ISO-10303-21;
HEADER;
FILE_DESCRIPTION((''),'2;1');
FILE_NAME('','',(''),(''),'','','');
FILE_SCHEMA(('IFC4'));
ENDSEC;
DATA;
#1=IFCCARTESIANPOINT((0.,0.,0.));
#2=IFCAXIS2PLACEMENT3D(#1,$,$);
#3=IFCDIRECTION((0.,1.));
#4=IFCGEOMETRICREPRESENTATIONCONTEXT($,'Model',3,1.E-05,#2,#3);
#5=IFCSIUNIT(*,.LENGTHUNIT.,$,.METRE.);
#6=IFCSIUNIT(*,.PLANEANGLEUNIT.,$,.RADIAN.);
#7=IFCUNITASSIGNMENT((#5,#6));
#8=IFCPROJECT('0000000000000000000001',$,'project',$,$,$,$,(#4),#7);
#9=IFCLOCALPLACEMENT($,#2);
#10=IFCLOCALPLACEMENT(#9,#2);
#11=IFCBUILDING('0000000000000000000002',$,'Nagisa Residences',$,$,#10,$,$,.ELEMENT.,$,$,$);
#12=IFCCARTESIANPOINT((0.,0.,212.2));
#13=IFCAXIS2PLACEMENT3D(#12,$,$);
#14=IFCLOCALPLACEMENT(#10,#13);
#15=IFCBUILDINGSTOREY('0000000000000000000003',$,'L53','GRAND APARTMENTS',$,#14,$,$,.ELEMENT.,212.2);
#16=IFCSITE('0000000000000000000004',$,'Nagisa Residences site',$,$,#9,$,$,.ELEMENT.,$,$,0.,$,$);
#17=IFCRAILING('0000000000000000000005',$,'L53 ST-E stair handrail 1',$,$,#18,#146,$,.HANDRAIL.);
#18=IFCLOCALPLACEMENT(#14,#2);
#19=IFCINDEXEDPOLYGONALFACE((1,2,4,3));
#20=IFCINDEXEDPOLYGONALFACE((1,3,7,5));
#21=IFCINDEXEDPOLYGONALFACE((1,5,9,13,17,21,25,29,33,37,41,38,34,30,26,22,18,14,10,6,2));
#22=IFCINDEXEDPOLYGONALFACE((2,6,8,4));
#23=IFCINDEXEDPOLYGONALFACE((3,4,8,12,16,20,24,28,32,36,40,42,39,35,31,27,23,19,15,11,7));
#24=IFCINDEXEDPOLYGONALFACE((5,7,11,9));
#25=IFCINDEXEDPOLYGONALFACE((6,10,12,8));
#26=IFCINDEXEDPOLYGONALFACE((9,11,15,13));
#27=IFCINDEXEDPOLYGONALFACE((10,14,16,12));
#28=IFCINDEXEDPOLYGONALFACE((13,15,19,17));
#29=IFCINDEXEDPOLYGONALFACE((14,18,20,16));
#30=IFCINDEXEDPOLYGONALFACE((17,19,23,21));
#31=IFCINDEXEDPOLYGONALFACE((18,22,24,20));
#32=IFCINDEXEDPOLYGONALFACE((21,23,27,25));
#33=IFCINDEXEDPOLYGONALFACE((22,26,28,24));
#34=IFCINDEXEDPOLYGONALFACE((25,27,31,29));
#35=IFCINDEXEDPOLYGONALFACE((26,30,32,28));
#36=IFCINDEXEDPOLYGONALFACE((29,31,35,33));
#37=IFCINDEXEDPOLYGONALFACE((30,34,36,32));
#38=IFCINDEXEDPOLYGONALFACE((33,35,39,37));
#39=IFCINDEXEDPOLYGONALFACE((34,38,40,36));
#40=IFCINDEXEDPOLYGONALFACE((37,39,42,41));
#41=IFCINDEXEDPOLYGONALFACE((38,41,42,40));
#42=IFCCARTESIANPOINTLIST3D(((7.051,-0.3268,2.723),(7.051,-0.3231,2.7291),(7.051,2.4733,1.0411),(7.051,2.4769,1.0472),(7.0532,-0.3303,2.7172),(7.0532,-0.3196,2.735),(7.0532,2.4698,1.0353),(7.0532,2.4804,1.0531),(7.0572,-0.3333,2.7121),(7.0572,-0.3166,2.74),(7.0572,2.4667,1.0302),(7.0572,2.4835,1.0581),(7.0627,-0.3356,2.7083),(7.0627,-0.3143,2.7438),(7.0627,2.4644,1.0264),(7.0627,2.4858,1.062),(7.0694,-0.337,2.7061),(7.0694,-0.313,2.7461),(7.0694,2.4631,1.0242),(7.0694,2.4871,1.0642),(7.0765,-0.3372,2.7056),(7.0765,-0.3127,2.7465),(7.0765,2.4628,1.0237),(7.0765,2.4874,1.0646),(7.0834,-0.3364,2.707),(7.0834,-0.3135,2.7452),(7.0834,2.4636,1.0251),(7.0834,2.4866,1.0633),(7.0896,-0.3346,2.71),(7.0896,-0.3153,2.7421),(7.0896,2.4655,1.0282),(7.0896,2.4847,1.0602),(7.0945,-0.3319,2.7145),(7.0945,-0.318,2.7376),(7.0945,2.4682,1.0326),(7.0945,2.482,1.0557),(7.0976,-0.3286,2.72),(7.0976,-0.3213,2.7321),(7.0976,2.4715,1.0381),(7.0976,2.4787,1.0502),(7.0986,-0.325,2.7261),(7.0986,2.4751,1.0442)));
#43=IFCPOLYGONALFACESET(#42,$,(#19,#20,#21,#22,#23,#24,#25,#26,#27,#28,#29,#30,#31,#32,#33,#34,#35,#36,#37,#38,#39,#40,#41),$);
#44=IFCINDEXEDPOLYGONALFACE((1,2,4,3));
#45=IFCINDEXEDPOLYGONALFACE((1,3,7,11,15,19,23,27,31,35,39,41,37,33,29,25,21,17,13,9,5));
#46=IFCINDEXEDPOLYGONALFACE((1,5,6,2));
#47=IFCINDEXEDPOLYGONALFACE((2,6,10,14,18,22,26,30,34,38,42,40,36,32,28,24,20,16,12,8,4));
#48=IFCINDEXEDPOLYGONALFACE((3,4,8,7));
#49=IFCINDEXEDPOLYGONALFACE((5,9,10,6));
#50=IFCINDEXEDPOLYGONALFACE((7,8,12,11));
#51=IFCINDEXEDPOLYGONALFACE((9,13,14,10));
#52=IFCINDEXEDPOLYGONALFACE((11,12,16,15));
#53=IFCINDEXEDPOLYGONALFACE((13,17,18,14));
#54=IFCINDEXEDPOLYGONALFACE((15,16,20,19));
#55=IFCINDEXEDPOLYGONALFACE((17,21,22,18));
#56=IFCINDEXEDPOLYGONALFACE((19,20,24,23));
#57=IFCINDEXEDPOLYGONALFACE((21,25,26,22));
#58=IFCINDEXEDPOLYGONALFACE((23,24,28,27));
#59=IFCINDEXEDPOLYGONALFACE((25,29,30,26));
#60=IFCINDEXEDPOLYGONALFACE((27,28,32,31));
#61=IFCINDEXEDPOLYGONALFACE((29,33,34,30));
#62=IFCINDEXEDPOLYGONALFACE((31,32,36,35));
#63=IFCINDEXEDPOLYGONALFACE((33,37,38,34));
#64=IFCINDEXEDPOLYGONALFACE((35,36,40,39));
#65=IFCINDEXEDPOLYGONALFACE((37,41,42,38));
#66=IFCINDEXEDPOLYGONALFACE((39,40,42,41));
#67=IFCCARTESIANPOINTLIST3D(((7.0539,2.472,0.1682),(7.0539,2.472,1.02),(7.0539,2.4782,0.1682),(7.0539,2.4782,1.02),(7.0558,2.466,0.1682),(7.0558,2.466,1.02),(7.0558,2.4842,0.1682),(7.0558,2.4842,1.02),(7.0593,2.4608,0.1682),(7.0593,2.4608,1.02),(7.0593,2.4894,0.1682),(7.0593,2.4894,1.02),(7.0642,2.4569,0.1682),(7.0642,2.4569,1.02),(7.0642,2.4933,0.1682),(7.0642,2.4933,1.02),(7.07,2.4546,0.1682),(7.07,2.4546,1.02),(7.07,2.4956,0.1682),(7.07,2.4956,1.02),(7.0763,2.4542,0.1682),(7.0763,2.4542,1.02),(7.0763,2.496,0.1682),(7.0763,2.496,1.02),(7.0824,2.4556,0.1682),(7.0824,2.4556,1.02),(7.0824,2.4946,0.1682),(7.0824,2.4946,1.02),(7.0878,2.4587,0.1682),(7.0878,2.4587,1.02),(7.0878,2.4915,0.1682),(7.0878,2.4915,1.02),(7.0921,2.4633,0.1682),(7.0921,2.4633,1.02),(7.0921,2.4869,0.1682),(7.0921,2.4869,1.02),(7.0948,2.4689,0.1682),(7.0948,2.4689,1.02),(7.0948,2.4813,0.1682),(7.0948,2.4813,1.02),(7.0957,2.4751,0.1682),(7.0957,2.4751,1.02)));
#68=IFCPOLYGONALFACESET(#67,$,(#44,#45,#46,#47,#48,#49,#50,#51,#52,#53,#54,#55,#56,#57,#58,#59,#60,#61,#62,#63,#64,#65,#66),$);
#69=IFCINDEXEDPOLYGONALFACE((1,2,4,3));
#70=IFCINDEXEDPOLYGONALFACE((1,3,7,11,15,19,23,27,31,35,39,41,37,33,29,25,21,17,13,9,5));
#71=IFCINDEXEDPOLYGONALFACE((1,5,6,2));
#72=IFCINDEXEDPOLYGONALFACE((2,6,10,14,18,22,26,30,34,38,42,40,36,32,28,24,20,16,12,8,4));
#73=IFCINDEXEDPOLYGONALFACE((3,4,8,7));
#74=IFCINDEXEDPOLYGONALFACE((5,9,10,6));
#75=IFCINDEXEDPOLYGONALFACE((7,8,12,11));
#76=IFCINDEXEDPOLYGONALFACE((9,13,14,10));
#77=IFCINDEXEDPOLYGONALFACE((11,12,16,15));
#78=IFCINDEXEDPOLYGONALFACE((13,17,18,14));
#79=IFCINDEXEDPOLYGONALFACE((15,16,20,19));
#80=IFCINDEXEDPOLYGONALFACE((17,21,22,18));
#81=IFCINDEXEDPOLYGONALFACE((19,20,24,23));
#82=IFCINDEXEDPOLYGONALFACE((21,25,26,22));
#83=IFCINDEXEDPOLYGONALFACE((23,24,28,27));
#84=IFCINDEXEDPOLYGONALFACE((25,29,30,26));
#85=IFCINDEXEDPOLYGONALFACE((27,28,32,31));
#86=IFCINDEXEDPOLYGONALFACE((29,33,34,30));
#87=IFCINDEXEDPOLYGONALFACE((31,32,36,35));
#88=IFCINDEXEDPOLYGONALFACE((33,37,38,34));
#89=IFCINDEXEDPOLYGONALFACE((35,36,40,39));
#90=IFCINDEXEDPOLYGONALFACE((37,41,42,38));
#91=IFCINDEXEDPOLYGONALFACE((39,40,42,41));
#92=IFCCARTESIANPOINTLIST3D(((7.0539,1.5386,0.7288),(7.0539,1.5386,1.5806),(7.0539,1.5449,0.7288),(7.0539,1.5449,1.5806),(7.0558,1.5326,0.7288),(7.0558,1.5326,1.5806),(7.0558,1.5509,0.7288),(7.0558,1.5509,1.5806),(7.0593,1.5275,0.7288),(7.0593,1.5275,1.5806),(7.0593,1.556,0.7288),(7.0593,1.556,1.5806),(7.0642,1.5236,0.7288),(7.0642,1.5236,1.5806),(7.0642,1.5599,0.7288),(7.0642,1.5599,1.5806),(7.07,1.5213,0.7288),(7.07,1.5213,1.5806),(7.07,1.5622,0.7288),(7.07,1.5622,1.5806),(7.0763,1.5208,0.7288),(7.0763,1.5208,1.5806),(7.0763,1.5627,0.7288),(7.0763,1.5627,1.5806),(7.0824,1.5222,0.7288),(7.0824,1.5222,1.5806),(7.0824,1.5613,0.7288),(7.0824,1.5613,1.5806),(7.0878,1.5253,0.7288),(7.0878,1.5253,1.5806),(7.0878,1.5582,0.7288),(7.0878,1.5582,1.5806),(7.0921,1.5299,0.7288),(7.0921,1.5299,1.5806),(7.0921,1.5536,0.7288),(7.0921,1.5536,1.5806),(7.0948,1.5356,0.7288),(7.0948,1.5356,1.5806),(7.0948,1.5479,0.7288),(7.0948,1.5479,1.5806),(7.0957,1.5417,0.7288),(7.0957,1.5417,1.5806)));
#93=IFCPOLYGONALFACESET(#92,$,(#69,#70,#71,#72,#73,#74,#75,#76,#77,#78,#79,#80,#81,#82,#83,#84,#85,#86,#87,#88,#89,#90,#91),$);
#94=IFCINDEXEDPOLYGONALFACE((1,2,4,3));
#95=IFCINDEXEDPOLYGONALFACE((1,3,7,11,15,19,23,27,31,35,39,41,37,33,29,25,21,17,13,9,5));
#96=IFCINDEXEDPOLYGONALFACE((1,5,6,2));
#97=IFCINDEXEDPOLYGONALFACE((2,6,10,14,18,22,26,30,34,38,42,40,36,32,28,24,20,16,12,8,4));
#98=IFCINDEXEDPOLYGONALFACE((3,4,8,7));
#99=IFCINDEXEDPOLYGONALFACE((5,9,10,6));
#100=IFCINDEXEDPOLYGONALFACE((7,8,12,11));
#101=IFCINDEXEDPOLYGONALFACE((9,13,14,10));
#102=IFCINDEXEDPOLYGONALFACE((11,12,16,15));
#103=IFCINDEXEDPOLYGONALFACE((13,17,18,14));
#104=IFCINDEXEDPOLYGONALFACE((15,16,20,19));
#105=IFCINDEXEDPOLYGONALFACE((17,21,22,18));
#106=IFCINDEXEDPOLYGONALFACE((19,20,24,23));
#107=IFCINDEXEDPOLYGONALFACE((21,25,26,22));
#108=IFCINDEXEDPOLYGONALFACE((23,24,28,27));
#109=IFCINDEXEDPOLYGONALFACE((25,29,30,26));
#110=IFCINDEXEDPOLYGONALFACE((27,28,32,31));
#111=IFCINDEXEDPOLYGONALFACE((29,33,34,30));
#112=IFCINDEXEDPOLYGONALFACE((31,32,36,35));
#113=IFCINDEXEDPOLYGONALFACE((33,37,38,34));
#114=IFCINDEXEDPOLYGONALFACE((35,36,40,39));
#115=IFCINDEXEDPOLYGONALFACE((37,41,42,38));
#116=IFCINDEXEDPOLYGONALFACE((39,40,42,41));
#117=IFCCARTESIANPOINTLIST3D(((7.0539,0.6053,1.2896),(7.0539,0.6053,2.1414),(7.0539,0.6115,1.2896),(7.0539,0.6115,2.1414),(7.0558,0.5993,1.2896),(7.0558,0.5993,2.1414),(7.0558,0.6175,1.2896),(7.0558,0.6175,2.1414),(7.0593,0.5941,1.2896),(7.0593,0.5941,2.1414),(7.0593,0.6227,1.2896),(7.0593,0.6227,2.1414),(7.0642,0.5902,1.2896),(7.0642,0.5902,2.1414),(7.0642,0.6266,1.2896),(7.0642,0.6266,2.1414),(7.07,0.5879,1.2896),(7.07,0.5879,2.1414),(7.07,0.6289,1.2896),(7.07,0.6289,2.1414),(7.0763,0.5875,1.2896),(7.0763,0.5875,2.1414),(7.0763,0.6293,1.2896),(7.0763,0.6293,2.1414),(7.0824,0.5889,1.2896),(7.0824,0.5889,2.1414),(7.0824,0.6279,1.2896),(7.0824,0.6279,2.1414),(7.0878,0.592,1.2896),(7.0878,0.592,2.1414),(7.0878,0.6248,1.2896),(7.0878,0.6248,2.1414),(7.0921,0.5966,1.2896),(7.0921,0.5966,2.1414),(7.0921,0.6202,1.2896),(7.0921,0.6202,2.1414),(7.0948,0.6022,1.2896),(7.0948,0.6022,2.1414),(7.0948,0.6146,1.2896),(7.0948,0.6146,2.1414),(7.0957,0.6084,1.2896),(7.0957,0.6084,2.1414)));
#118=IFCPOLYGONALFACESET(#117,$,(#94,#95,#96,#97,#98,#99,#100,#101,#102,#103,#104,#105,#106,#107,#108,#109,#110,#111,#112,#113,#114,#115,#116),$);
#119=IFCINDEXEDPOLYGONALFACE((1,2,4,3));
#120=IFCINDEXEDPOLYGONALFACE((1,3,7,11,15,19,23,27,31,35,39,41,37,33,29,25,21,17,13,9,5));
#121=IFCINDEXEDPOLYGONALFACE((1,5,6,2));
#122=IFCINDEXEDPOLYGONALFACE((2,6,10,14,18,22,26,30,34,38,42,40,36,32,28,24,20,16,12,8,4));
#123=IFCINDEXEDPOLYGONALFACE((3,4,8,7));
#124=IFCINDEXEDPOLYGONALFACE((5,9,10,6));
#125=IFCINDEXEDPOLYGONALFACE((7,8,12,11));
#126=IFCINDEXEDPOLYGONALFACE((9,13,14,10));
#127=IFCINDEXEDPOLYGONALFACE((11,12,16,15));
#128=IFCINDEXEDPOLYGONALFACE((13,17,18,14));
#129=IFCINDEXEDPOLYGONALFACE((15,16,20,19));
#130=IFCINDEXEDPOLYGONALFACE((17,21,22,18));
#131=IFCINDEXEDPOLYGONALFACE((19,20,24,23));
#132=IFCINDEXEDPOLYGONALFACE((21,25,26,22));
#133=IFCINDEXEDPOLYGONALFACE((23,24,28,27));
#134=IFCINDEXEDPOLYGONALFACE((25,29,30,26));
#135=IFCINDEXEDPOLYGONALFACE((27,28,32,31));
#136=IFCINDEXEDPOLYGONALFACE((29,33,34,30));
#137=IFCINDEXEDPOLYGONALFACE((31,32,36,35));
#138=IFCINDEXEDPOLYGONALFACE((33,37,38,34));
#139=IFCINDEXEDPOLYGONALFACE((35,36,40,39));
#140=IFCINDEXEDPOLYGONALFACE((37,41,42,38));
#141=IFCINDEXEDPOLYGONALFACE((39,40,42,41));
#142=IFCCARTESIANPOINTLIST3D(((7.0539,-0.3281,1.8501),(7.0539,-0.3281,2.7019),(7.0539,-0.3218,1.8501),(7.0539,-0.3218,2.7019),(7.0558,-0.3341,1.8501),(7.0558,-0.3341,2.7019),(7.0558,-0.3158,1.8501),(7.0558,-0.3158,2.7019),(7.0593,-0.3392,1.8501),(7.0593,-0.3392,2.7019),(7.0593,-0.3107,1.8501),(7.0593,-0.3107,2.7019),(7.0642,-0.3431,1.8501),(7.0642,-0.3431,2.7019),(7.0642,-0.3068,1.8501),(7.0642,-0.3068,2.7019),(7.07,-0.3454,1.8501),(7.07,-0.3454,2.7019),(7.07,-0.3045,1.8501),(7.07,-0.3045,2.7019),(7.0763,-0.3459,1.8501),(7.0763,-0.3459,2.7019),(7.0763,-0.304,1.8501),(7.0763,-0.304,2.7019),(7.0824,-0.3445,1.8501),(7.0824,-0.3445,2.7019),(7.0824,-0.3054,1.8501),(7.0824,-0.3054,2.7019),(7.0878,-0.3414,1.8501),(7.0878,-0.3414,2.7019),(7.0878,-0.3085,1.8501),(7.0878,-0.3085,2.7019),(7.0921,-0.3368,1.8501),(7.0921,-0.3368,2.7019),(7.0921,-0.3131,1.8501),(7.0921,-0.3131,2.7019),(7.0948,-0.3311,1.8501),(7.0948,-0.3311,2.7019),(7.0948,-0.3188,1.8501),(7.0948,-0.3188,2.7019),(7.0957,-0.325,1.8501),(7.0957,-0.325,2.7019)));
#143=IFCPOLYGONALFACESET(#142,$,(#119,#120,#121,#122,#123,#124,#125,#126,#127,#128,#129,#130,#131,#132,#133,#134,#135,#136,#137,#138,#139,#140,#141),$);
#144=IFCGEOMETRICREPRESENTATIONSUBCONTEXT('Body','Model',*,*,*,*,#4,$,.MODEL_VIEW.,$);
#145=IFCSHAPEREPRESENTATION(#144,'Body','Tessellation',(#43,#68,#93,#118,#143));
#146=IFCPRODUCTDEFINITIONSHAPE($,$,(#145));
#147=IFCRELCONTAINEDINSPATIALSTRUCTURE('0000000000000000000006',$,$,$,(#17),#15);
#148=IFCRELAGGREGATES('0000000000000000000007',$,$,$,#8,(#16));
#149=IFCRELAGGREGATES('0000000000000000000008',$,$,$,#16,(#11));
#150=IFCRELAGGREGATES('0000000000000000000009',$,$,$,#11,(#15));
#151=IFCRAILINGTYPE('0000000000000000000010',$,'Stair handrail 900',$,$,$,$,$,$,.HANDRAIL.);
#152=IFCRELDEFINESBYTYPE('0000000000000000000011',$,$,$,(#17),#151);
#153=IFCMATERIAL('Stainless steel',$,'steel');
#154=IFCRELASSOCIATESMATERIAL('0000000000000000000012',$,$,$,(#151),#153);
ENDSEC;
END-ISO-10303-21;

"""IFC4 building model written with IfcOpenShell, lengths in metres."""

from ifc_helpers import new_model, si_unit, direction, frame, origin, origin_2d, place, context, subcontext, project, spatial, circle, extrude, material, type_object, element, save


model = new_model("IFC4")

# Units and contexts
model_context = context("Model", 3, precision=1e-05, world=origin(), true_north=direction((0.0, 1.0)))
body_context = subcontext(model_context, "Body", "Model", "MODEL_VIEW")
ifc_project = project(units=[si_unit("LENGTHUNIT", "METRE"), si_unit("PLANEANGLEUNIT", "RADIAN")], contexts=[model_context])

# Site, building, storey
site_placement = place(None, origin())
site = spatial("IfcSite", under=ifc_project, at=site_placement, Name="Nagisa Residences site", CompositionType="ELEMENT", RefElevation=0.0)
building_placement = place(site_placement, origin())
building = spatial("IfcBuilding", under=site, at=building_placement, Name="Nagisa Residences", CompositionType="ELEMENT")
storey_placement = place(building_placement, frame((0.0, 0.0, 212.2)))
storey = spatial("IfcBuildingStorey", under=building, at=storey_placement, Name="L53", Description="GRAND APARTMENTS", CompositionType="ELEMENT", Elevation=212.2)

# Railing
ifc_material_1 = material(Name="Stainless steel", Category="steel")
railing_type_1 = type_object("IfcRailingType", Name="Stair handrail 900", PredefinedType="HANDRAIL", material=ifc_material_1)
railing_1_placement = place(storey_placement, frame((7.0747, 2.4751, 0.1682)))
element("IfcRailing", 1, at=railing_1_placement, inside=storey, type_object=railing_type_1, Name="L53 ST-E stair handrail 1", PredefinedType="HANDRAIL", context=body_context, shape_type="SweptSolid", body=[
    extrude(circle(Radius=0.0239, at=origin_2d()), frame((0.0, 0.0, 0.876), z_axis=(0.0, -0.857242, 0.514913), x_axis=(1.0, 0.0, 0.0)), (0.0, 0.0, 1.0), 3.2664),
    extrude(circle(Radius=0.021, at=origin_2d()), origin(), (0.0, 0.0, 1.0), 0.8518),
    extrude(circle(Radius=0.021, at=origin_2d()), frame((0.0, -0.9333, 0.5605)), (0.0, 0.0, 1.0), 0.8518),
    extrude(circle(Radius=0.021, at=origin_2d()), frame((0.0, -1.8667, 1.1213)), (0.0, 0.0, 1.0), 0.8518),
    extrude(circle(Radius=0.021, at=origin_2d()), frame((0.0, -2.8, 1.6819)), (0.0, 0.0, 1.0), 0.8518),
])

save(model, "model.ifc")
